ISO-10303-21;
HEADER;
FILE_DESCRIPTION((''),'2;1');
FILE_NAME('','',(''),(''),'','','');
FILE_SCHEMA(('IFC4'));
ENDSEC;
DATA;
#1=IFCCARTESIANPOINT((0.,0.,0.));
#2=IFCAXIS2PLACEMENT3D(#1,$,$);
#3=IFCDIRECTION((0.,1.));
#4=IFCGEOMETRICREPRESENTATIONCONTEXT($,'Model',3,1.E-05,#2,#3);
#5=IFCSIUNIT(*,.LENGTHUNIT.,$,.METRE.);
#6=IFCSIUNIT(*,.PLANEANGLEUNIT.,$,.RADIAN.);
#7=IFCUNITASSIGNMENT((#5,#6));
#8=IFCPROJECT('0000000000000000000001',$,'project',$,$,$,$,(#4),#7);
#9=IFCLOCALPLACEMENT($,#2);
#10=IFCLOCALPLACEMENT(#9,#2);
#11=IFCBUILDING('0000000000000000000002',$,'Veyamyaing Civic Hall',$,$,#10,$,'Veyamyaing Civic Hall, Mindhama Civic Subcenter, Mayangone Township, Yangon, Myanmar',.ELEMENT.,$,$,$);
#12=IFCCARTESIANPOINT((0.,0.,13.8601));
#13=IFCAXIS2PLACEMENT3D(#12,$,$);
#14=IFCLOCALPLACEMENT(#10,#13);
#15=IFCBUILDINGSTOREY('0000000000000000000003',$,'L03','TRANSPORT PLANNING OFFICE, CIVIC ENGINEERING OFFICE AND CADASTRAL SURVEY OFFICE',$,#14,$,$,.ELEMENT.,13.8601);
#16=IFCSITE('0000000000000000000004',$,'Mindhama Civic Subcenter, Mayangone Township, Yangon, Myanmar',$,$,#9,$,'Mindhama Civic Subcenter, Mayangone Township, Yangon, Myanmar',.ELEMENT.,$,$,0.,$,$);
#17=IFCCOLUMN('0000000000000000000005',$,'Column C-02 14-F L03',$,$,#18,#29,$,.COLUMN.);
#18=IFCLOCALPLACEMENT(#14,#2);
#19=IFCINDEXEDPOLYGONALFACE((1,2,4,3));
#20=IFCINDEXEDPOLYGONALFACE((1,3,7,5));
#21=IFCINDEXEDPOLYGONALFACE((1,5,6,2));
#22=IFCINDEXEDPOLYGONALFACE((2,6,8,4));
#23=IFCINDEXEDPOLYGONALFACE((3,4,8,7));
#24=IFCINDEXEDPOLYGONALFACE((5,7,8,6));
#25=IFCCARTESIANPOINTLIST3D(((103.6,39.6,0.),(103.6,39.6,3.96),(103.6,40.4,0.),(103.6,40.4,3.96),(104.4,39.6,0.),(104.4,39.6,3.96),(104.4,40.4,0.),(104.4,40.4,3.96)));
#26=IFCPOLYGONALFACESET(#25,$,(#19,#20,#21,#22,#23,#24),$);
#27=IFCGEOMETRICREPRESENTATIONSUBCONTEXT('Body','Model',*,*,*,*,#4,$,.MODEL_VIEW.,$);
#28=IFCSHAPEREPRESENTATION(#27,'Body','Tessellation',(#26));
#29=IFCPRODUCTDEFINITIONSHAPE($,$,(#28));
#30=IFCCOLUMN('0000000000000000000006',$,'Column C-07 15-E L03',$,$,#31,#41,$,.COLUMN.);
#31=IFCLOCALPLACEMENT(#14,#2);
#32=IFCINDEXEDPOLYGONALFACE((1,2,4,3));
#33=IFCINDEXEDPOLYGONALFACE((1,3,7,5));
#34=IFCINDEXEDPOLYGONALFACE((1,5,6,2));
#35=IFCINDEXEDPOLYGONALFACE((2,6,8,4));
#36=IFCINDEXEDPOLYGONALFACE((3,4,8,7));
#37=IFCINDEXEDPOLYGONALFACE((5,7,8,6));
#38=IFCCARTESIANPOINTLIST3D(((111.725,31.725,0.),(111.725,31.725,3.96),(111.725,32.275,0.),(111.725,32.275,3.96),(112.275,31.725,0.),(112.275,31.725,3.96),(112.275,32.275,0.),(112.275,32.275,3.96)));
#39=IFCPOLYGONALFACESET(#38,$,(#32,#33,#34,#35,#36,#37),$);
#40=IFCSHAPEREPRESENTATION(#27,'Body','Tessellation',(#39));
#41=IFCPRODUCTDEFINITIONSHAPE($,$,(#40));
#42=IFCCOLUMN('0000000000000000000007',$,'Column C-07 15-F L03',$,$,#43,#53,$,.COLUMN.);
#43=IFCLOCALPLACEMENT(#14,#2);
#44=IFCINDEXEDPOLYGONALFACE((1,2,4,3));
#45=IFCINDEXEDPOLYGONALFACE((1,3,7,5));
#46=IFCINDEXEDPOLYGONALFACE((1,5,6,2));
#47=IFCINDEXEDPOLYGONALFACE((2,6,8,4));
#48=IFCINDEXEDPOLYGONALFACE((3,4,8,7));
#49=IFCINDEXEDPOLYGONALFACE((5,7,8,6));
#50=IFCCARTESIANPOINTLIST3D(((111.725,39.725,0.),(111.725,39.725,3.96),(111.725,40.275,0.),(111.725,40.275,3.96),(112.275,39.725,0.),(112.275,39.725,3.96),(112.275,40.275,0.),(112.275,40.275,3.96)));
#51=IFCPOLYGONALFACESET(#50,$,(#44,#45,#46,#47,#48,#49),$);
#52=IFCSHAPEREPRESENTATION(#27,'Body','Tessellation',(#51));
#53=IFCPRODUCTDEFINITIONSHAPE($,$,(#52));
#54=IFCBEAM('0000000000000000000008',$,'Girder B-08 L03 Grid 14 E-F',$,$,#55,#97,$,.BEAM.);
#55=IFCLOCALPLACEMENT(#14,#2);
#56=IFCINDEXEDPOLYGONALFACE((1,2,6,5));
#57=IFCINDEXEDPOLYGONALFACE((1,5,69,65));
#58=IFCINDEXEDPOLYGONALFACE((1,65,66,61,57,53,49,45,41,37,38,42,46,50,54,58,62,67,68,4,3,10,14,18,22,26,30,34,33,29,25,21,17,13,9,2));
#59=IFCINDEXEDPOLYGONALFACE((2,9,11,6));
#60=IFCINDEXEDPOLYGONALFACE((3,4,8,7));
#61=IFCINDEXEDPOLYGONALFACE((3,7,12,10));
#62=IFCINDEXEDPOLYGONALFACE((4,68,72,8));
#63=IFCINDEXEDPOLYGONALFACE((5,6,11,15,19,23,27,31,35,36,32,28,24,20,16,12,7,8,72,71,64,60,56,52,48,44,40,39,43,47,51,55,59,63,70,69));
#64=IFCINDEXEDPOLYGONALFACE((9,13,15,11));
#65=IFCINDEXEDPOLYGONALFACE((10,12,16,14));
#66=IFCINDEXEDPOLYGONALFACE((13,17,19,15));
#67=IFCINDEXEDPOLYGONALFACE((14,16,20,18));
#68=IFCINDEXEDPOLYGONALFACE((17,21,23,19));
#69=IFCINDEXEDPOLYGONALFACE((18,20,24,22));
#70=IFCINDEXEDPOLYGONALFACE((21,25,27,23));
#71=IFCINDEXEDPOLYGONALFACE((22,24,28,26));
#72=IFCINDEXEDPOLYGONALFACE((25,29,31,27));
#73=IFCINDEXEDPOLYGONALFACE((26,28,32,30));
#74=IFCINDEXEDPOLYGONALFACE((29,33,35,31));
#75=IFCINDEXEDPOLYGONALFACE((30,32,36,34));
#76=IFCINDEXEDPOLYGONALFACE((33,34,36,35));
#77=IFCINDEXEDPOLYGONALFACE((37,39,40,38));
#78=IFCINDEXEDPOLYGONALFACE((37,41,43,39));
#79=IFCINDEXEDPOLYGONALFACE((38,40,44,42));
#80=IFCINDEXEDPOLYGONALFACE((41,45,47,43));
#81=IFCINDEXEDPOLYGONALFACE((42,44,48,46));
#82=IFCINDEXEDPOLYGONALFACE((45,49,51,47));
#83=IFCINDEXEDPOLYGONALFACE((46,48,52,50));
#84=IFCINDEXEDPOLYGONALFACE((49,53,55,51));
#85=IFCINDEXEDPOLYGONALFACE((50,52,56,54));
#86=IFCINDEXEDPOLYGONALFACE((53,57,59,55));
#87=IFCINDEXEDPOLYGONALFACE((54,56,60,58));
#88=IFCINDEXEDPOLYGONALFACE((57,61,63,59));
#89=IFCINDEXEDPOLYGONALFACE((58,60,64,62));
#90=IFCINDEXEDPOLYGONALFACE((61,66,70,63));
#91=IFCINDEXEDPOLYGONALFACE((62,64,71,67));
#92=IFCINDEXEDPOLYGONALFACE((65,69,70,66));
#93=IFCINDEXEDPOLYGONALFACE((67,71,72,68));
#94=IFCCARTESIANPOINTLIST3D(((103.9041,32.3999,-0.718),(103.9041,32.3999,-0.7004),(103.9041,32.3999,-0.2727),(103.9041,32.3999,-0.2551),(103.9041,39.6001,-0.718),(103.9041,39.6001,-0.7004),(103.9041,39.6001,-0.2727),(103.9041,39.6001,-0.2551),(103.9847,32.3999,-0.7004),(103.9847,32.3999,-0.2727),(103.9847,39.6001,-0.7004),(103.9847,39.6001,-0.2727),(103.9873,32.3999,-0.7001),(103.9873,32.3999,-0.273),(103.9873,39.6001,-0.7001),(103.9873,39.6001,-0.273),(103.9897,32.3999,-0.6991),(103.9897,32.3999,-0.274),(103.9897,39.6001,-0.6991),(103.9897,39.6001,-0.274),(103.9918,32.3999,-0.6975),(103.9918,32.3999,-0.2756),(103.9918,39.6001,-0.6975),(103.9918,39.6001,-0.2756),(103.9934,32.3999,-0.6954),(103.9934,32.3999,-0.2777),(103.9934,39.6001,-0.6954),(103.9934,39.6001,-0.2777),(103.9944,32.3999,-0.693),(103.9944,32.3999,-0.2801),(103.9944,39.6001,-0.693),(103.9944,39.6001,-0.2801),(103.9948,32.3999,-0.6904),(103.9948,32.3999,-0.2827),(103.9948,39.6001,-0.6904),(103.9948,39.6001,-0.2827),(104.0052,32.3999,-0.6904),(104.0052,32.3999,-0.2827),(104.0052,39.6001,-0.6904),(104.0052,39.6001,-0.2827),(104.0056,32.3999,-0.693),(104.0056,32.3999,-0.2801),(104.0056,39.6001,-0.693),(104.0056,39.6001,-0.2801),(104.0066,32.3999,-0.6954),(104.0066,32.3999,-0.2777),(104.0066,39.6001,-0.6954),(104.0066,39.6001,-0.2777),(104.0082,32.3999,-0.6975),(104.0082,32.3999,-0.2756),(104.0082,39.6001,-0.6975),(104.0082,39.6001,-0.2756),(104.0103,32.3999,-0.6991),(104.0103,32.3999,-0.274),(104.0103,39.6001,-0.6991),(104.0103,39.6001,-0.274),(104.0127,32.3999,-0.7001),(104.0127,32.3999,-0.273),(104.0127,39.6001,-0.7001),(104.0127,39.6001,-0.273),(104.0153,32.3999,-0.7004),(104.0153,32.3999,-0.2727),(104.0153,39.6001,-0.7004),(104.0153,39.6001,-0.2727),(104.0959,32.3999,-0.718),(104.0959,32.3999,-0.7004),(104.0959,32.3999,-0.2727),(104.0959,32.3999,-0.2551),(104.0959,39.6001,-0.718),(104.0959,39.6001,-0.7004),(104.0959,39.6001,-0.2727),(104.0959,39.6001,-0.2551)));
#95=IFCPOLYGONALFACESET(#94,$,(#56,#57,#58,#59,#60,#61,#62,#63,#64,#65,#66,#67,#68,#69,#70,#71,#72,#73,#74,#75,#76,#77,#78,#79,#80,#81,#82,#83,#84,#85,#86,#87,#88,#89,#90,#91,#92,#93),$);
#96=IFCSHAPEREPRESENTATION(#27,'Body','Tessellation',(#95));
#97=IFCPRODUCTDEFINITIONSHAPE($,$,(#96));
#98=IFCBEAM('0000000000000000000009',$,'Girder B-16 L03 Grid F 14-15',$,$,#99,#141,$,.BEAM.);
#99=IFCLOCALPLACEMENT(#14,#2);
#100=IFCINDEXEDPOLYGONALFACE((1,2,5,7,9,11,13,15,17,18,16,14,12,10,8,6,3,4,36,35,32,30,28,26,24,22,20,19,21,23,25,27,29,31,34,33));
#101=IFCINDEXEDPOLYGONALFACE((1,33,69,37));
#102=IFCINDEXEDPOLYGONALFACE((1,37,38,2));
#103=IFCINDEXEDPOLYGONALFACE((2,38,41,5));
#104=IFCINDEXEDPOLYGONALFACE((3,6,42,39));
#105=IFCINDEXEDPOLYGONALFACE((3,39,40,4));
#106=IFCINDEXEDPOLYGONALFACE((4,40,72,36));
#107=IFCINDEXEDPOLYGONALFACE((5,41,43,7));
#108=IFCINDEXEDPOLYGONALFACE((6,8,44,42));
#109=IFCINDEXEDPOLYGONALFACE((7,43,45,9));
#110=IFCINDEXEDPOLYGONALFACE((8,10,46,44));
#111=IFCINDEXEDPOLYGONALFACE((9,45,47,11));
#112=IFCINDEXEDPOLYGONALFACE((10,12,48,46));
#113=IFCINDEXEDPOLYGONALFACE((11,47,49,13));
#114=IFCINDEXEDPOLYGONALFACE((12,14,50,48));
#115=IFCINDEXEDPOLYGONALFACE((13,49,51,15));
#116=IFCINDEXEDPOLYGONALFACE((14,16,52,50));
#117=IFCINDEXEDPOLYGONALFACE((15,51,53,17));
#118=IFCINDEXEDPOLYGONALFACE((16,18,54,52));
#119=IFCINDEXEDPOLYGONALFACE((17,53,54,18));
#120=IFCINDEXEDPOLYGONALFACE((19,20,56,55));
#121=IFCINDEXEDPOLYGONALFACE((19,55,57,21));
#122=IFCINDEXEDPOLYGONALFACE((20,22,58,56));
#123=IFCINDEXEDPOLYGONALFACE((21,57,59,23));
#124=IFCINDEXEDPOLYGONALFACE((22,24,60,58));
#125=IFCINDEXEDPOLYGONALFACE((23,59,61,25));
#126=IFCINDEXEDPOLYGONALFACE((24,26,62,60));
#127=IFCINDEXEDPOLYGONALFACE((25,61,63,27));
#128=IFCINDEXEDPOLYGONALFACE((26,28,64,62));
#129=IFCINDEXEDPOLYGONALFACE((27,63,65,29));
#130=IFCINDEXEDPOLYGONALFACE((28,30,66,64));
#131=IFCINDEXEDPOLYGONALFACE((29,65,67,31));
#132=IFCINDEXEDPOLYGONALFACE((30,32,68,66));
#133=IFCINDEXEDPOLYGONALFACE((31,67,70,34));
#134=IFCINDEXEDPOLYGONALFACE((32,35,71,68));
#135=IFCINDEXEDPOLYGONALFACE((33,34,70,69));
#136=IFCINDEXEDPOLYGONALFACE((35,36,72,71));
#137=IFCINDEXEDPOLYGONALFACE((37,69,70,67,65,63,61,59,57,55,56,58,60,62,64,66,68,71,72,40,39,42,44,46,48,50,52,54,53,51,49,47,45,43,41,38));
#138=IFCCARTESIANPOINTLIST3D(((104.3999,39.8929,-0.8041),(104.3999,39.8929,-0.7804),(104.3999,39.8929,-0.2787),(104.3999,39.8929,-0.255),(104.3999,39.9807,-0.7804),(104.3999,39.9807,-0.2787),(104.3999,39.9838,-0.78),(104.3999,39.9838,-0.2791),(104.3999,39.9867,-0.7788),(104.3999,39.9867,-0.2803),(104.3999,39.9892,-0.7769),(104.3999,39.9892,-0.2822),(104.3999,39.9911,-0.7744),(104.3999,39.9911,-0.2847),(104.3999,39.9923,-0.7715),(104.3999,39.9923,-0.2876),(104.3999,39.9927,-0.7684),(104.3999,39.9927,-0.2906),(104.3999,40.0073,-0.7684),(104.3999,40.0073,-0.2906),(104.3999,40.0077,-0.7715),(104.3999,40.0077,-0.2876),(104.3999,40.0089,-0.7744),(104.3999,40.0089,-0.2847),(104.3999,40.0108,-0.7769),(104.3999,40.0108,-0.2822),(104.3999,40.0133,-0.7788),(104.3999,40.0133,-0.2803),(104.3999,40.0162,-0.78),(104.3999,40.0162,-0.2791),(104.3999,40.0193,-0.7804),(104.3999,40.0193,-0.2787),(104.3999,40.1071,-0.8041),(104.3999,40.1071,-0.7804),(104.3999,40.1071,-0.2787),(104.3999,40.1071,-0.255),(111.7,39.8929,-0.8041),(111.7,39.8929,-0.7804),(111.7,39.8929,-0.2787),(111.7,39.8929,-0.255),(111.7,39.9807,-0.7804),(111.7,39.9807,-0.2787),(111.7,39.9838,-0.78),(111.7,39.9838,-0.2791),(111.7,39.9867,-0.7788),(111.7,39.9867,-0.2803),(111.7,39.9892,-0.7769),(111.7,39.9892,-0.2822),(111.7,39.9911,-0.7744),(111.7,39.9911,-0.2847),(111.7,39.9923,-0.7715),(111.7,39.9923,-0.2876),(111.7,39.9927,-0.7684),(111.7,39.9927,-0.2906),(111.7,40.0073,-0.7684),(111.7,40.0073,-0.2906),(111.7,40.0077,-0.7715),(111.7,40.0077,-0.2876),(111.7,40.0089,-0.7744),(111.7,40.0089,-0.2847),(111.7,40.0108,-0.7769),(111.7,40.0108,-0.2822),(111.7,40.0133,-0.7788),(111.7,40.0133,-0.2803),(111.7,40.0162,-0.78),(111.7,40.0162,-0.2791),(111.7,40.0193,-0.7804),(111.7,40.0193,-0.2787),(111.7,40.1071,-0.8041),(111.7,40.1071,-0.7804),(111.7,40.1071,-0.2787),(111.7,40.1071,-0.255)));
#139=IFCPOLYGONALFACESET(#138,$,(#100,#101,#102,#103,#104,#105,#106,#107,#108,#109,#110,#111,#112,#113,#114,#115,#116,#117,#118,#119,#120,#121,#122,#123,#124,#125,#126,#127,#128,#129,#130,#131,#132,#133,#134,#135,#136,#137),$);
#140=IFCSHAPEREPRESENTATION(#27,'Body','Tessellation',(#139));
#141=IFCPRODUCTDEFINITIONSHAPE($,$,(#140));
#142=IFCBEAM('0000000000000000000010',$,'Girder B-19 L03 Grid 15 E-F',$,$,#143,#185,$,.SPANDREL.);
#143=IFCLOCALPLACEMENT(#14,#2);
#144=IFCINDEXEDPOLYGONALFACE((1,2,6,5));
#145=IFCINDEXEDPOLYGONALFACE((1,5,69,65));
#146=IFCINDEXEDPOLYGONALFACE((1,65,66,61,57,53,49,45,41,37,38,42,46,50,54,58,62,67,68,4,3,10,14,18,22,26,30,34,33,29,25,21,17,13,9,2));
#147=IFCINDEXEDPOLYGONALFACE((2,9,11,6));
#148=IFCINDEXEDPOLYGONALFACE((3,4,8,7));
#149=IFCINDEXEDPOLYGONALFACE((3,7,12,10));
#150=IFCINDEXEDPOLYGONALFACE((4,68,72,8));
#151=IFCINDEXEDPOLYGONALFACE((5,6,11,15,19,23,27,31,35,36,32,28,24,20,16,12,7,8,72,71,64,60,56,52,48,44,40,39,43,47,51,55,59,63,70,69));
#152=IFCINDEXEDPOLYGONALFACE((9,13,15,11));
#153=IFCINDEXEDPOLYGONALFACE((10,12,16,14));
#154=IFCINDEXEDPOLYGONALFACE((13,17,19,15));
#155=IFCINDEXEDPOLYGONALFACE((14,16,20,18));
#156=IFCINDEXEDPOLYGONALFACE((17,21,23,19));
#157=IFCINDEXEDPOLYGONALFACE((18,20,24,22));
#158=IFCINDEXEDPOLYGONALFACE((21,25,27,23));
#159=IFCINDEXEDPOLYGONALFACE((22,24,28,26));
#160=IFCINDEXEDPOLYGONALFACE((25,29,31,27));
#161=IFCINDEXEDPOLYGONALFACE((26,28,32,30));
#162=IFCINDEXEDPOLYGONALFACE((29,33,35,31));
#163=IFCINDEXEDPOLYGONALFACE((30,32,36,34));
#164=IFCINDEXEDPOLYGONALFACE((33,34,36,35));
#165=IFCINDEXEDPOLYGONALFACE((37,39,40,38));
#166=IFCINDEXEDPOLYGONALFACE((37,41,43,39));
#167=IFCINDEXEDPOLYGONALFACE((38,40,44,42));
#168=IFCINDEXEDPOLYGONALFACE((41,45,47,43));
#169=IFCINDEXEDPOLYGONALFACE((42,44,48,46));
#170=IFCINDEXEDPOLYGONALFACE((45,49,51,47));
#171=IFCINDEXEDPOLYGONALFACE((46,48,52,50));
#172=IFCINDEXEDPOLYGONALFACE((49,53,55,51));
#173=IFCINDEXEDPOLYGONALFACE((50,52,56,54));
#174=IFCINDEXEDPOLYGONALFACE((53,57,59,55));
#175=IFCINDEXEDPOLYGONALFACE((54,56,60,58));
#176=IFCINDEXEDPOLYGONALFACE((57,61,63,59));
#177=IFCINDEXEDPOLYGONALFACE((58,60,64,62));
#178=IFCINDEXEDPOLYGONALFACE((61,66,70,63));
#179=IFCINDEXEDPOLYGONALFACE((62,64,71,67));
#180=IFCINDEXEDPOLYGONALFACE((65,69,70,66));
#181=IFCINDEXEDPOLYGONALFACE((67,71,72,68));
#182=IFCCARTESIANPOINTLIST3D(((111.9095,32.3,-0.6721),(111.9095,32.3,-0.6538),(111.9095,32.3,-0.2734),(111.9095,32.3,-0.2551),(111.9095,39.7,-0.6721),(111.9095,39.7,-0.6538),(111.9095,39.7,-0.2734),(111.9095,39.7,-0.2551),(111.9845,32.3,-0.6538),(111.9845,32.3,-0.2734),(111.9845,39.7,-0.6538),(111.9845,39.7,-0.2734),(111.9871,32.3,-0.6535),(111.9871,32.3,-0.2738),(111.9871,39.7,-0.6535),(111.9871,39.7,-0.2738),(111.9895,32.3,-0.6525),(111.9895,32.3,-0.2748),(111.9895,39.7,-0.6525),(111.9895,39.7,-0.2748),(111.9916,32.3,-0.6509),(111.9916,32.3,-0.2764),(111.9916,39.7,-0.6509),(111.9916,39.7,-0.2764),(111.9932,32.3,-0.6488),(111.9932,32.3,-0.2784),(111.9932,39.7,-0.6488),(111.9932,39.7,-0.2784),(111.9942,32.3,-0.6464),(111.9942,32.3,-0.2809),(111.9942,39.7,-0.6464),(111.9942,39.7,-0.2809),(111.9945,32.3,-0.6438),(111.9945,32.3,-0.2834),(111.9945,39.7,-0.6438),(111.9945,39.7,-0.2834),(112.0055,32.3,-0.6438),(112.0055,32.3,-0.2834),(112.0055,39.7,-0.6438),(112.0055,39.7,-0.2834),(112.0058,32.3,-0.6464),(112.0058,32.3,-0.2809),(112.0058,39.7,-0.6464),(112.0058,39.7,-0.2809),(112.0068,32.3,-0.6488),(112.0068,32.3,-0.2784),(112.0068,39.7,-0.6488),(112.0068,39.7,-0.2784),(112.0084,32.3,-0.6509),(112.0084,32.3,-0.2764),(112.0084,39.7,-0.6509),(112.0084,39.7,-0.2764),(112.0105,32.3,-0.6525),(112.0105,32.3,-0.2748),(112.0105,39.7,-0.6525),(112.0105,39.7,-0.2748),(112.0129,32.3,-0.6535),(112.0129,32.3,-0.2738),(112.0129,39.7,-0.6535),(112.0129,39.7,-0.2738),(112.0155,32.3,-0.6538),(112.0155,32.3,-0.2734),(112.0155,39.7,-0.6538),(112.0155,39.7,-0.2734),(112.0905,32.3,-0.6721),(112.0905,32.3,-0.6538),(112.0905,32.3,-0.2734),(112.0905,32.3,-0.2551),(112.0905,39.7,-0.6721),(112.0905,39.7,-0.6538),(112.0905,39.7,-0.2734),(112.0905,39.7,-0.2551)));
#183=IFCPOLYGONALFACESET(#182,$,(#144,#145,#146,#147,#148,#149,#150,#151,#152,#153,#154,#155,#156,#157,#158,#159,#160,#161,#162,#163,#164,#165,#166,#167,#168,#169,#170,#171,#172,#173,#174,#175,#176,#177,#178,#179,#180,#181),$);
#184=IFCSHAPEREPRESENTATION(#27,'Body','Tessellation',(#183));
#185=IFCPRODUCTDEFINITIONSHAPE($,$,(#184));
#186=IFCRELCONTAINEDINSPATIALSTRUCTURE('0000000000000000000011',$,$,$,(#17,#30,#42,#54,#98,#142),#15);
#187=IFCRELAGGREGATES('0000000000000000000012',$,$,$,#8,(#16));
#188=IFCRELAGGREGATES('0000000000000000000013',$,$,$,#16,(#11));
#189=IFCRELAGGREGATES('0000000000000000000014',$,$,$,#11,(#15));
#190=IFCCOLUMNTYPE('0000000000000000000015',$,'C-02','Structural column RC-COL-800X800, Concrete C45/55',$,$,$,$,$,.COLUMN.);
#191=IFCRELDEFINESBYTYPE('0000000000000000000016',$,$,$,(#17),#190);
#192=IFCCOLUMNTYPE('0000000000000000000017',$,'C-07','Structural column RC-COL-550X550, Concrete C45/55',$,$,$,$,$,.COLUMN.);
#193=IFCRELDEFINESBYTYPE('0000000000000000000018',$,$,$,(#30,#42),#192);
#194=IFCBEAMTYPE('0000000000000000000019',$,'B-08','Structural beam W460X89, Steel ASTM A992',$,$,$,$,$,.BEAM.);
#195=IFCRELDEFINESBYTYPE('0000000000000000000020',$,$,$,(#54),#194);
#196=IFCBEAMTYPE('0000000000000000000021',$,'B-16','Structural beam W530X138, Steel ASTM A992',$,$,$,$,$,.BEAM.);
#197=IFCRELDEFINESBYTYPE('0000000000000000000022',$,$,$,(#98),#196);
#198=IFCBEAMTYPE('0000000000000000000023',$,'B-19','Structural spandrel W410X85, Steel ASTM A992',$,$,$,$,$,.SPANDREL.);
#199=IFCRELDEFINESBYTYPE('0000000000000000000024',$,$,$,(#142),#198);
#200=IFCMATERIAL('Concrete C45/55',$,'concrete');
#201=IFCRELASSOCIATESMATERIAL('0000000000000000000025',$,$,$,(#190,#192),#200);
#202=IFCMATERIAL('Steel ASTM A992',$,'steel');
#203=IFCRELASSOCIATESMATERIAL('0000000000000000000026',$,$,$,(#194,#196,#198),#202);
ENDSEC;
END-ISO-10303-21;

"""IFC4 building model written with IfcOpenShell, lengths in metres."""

from ifc_helpers import new_model, si_unit, direction, frame, origin, origin_2d, place, context, subcontext, project, spatial, rectangle, i_section, extrude, material, material_profile, profile_set, type_object, element, save


model = new_model("IFC4")

# Units and contexts
model_context = context("Model", 3, precision=1e-05, world=origin(), true_north=direction((0.0, 1.0)))
body_context = subcontext(model_context, "Body", "Model", "MODEL_VIEW")
ifc_project = project(units=[si_unit("LENGTHUNIT", "METRE"), si_unit("PLANEANGLEUNIT", "RADIAN")], contexts=[model_context])

# Site, building, storey
site_placement = place(None, origin())
site = spatial("IfcSite", under=ifc_project, at=site_placement, Name="Mindhama Civic Subcenter, Mayangone Township, Yangon, Myanmar", LongName="Mindhama Civic Subcenter, Mayangone Township, Yangon, Myanmar", CompositionType="ELEMENT", RefElevation=0.0)
building_placement = place(site_placement, origin())
building = spatial("IfcBuilding", under=site, at=building_placement, Name="Veyamyaing Civic Hall", LongName="Veyamyaing Civic Hall, Mindhama Civic Subcenter, Mayangone Township, Yangon, Myanmar", CompositionType="ELEMENT")
storey_placement = place(building_placement, frame((0.0, 0.0, 13.8601)))
storey = spatial("IfcBuildingStorey", under=building, at=storey_placement, Name="L03", Description="TRANSPORT PLANNING OFFICE, CIVIC ENGINEERING OFFICE AND CADASTRAL SURVEY OFFICE", CompositionType="ELEMENT", Elevation=13.8601)

# Columns
ifc_material_1 = material(Name="Concrete C45/55", Category="concrete")
ifc_material_profile_1 = material_profile(ifc_material_1, rectangle(XDim=0.8, YDim=0.8, at=origin_2d()), Name="RC-COL-800X800")
ifc_profile_set_1 = profile_set([ifc_material_profile_1], Name="Concrete C45/55")
column_type_1 = type_object("IfcColumnType", Name="C-02", Description="Structural column RC-COL-800X800, Concrete C45/55", PredefinedType="COLUMN", material=ifc_profile_set_1)
column_placement = place(storey_placement, frame((104.0, 40.0, 0.0), z_axis=(0.0, 0.0, 1.0), x_axis=(1.0, 0.0, 0.0)))
element("IfcColumn", 1, at=column_placement, inside=storey, type_object=column_type_1, Name="Column C-02 14-F L03", PredefinedType="COLUMN", context=body_context, shape_type="SweptSolid", body=[
    extrude(rectangle(XDim=0.8, YDim=0.8, at=origin_2d()), origin(), (0.0, 0.0, 1.0), 3.96),
])
ifc_material_profile_2 = material_profile(ifc_material_1, rectangle(XDim=0.55, YDim=0.55, at=origin_2d()), Name="RC-COL-550X550")
ifc_profile_set_2 = profile_set([ifc_material_profile_2], Name="Concrete C45/55")
column_type_2 = type_object("IfcColumnType", Name="C-07", Description="Structural column RC-COL-550X550, Concrete C45/55", PredefinedType="COLUMN", material=ifc_profile_set_2)
for number, where, z_axis, x_axis, name in (
    (2, (112.0, 32.0, 0.0), (0.0, 0.0, 1.0), (1.0, 0.0, 0.0), "Column C-07 15-E L03"),
    (3, (112.0, 40.0, 0.0), (0.0, 0.0, 1.0), (1.0, 0.0, 0.0), "Column C-07 15-F L03"),
):
    element("IfcColumn", number, at=place(storey_placement, frame(where, z_axis=z_axis, x_axis=x_axis)), inside=storey, type_object=column_type_2, Name=name, PredefinedType="COLUMN", context=body_context, shape_type="SweptSolid", body=[
        extrude(rectangle(XDim=0.55, YDim=0.55, at=origin_2d()), origin(), (0.0, 0.0, 1.0), 3.96),
    ])

# Beams
ifc_material_2 = material(Name="Steel ASTM A992", Category="steel")
ifc_material_profile_3 = material_profile(ifc_material_2, i_section(OverallWidth=0.1919, OverallDepth=0.4629, WebThickness=0.0105, FlangeThickness=0.0176, FilletRadius=0.01, at=origin_2d()), Name="W460X89")
ifc_profile_set_3 = profile_set([ifc_material_profile_3], Name="Steel ASTM A992")
beam_type_1 = type_object("IfcBeamType", Name="B-08", Description="Structural beam W460X89, Steel ASTM A992", PredefinedType="BEAM", material=ifc_profile_set_3)
beam_1_placement = place(storey_placement, frame((104.0, 32.3999, -0.4866), z_axis=(0.0, 1.0, 0.0), x_axis=(-1.0, 0.0, 0.0)))
element("IfcBeam", 4, at=beam_1_placement, inside=storey, type_object=beam_type_1, Name="Girder B-08 L03 Grid 14 E-F", PredefinedType="BEAM", context=body_context, shape_type="SweptSolid", body=[
    extrude(i_section(OverallWidth=0.1919, OverallDepth=0.4629, WebThickness=0.0105, FlangeThickness=0.0176, FilletRadius=0.01, at=origin_2d()), origin(), (0.0, 0.0, 1.0), 7.2002),
])
ifc_material_profile_4 = material_profile(ifc_material_2, i_section(OverallWidth=0.2141, OverallDepth=0.5491, WebThickness=0.0146, FlangeThickness=0.0237, FilletRadius=0.012, at=origin_2d()), Name="W530X138")
ifc_profile_set_4 = profile_set([ifc_material_profile_4], Name="Steel ASTM A992")
beam_type_2 = type_object("IfcBeamType", Name="B-16", Description="Structural beam W530X138, Steel ASTM A992", PredefinedType="BEAM", material=ifc_profile_set_4)
beam_2_placement = place(storey_placement, frame((104.3999, 40.0, -0.5295), z_axis=(1.0, 0.0, 0.0), x_axis=(0.0, 1.0, 0.0)))
element("IfcBeam", 5, at=beam_2_placement, inside=storey, type_object=beam_type_2, Name="Girder B-16 L03 Grid F 14-15", PredefinedType="BEAM", context=body_context, shape_type="SweptSolid", body=[
    extrude(i_section(OverallWidth=0.2141, OverallDepth=0.5491, WebThickness=0.0146, FlangeThickness=0.0237, FilletRadius=0.012, at=origin_2d()), origin(), (0.0, 0.0, 1.0), 7.3),
])
ifc_material_profile_5 = material_profile(ifc_material_2, i_section(OverallWidth=0.1809, OverallDepth=0.417, WebThickness=0.011, FlangeThickness=0.0183, FilletRadius=0.01, at=origin_2d()), Name="W410X85")
ifc_profile_set_5 = profile_set([ifc_material_profile_5], Name="Steel ASTM A992")
beam_type_3 = type_object("IfcBeamType", Name="B-19", Description="Structural spandrel W410X85, Steel ASTM A992", PredefinedType="SPANDREL", material=ifc_profile_set_5)
beam_3_placement = place(storey_placement, frame((112.0, 32.3, -0.4636), z_axis=(0.0, 1.0, 0.0), x_axis=(-1.0, 0.0, 0.0)))
element("IfcBeam", 6, at=beam_3_placement, inside=storey, type_object=beam_type_3, Name="Girder B-19 L03 Grid 15 E-F", PredefinedType="SPANDREL", context=body_context, shape_type="SweptSolid", body=[
    extrude(i_section(OverallWidth=0.1809, OverallDepth=0.417, WebThickness=0.011, FlangeThickness=0.0183, FilletRadius=0.01, at=origin_2d()), origin(), (0.0, 0.0, 1.0), 7.3999),
])

save(model, "model.ifc")
